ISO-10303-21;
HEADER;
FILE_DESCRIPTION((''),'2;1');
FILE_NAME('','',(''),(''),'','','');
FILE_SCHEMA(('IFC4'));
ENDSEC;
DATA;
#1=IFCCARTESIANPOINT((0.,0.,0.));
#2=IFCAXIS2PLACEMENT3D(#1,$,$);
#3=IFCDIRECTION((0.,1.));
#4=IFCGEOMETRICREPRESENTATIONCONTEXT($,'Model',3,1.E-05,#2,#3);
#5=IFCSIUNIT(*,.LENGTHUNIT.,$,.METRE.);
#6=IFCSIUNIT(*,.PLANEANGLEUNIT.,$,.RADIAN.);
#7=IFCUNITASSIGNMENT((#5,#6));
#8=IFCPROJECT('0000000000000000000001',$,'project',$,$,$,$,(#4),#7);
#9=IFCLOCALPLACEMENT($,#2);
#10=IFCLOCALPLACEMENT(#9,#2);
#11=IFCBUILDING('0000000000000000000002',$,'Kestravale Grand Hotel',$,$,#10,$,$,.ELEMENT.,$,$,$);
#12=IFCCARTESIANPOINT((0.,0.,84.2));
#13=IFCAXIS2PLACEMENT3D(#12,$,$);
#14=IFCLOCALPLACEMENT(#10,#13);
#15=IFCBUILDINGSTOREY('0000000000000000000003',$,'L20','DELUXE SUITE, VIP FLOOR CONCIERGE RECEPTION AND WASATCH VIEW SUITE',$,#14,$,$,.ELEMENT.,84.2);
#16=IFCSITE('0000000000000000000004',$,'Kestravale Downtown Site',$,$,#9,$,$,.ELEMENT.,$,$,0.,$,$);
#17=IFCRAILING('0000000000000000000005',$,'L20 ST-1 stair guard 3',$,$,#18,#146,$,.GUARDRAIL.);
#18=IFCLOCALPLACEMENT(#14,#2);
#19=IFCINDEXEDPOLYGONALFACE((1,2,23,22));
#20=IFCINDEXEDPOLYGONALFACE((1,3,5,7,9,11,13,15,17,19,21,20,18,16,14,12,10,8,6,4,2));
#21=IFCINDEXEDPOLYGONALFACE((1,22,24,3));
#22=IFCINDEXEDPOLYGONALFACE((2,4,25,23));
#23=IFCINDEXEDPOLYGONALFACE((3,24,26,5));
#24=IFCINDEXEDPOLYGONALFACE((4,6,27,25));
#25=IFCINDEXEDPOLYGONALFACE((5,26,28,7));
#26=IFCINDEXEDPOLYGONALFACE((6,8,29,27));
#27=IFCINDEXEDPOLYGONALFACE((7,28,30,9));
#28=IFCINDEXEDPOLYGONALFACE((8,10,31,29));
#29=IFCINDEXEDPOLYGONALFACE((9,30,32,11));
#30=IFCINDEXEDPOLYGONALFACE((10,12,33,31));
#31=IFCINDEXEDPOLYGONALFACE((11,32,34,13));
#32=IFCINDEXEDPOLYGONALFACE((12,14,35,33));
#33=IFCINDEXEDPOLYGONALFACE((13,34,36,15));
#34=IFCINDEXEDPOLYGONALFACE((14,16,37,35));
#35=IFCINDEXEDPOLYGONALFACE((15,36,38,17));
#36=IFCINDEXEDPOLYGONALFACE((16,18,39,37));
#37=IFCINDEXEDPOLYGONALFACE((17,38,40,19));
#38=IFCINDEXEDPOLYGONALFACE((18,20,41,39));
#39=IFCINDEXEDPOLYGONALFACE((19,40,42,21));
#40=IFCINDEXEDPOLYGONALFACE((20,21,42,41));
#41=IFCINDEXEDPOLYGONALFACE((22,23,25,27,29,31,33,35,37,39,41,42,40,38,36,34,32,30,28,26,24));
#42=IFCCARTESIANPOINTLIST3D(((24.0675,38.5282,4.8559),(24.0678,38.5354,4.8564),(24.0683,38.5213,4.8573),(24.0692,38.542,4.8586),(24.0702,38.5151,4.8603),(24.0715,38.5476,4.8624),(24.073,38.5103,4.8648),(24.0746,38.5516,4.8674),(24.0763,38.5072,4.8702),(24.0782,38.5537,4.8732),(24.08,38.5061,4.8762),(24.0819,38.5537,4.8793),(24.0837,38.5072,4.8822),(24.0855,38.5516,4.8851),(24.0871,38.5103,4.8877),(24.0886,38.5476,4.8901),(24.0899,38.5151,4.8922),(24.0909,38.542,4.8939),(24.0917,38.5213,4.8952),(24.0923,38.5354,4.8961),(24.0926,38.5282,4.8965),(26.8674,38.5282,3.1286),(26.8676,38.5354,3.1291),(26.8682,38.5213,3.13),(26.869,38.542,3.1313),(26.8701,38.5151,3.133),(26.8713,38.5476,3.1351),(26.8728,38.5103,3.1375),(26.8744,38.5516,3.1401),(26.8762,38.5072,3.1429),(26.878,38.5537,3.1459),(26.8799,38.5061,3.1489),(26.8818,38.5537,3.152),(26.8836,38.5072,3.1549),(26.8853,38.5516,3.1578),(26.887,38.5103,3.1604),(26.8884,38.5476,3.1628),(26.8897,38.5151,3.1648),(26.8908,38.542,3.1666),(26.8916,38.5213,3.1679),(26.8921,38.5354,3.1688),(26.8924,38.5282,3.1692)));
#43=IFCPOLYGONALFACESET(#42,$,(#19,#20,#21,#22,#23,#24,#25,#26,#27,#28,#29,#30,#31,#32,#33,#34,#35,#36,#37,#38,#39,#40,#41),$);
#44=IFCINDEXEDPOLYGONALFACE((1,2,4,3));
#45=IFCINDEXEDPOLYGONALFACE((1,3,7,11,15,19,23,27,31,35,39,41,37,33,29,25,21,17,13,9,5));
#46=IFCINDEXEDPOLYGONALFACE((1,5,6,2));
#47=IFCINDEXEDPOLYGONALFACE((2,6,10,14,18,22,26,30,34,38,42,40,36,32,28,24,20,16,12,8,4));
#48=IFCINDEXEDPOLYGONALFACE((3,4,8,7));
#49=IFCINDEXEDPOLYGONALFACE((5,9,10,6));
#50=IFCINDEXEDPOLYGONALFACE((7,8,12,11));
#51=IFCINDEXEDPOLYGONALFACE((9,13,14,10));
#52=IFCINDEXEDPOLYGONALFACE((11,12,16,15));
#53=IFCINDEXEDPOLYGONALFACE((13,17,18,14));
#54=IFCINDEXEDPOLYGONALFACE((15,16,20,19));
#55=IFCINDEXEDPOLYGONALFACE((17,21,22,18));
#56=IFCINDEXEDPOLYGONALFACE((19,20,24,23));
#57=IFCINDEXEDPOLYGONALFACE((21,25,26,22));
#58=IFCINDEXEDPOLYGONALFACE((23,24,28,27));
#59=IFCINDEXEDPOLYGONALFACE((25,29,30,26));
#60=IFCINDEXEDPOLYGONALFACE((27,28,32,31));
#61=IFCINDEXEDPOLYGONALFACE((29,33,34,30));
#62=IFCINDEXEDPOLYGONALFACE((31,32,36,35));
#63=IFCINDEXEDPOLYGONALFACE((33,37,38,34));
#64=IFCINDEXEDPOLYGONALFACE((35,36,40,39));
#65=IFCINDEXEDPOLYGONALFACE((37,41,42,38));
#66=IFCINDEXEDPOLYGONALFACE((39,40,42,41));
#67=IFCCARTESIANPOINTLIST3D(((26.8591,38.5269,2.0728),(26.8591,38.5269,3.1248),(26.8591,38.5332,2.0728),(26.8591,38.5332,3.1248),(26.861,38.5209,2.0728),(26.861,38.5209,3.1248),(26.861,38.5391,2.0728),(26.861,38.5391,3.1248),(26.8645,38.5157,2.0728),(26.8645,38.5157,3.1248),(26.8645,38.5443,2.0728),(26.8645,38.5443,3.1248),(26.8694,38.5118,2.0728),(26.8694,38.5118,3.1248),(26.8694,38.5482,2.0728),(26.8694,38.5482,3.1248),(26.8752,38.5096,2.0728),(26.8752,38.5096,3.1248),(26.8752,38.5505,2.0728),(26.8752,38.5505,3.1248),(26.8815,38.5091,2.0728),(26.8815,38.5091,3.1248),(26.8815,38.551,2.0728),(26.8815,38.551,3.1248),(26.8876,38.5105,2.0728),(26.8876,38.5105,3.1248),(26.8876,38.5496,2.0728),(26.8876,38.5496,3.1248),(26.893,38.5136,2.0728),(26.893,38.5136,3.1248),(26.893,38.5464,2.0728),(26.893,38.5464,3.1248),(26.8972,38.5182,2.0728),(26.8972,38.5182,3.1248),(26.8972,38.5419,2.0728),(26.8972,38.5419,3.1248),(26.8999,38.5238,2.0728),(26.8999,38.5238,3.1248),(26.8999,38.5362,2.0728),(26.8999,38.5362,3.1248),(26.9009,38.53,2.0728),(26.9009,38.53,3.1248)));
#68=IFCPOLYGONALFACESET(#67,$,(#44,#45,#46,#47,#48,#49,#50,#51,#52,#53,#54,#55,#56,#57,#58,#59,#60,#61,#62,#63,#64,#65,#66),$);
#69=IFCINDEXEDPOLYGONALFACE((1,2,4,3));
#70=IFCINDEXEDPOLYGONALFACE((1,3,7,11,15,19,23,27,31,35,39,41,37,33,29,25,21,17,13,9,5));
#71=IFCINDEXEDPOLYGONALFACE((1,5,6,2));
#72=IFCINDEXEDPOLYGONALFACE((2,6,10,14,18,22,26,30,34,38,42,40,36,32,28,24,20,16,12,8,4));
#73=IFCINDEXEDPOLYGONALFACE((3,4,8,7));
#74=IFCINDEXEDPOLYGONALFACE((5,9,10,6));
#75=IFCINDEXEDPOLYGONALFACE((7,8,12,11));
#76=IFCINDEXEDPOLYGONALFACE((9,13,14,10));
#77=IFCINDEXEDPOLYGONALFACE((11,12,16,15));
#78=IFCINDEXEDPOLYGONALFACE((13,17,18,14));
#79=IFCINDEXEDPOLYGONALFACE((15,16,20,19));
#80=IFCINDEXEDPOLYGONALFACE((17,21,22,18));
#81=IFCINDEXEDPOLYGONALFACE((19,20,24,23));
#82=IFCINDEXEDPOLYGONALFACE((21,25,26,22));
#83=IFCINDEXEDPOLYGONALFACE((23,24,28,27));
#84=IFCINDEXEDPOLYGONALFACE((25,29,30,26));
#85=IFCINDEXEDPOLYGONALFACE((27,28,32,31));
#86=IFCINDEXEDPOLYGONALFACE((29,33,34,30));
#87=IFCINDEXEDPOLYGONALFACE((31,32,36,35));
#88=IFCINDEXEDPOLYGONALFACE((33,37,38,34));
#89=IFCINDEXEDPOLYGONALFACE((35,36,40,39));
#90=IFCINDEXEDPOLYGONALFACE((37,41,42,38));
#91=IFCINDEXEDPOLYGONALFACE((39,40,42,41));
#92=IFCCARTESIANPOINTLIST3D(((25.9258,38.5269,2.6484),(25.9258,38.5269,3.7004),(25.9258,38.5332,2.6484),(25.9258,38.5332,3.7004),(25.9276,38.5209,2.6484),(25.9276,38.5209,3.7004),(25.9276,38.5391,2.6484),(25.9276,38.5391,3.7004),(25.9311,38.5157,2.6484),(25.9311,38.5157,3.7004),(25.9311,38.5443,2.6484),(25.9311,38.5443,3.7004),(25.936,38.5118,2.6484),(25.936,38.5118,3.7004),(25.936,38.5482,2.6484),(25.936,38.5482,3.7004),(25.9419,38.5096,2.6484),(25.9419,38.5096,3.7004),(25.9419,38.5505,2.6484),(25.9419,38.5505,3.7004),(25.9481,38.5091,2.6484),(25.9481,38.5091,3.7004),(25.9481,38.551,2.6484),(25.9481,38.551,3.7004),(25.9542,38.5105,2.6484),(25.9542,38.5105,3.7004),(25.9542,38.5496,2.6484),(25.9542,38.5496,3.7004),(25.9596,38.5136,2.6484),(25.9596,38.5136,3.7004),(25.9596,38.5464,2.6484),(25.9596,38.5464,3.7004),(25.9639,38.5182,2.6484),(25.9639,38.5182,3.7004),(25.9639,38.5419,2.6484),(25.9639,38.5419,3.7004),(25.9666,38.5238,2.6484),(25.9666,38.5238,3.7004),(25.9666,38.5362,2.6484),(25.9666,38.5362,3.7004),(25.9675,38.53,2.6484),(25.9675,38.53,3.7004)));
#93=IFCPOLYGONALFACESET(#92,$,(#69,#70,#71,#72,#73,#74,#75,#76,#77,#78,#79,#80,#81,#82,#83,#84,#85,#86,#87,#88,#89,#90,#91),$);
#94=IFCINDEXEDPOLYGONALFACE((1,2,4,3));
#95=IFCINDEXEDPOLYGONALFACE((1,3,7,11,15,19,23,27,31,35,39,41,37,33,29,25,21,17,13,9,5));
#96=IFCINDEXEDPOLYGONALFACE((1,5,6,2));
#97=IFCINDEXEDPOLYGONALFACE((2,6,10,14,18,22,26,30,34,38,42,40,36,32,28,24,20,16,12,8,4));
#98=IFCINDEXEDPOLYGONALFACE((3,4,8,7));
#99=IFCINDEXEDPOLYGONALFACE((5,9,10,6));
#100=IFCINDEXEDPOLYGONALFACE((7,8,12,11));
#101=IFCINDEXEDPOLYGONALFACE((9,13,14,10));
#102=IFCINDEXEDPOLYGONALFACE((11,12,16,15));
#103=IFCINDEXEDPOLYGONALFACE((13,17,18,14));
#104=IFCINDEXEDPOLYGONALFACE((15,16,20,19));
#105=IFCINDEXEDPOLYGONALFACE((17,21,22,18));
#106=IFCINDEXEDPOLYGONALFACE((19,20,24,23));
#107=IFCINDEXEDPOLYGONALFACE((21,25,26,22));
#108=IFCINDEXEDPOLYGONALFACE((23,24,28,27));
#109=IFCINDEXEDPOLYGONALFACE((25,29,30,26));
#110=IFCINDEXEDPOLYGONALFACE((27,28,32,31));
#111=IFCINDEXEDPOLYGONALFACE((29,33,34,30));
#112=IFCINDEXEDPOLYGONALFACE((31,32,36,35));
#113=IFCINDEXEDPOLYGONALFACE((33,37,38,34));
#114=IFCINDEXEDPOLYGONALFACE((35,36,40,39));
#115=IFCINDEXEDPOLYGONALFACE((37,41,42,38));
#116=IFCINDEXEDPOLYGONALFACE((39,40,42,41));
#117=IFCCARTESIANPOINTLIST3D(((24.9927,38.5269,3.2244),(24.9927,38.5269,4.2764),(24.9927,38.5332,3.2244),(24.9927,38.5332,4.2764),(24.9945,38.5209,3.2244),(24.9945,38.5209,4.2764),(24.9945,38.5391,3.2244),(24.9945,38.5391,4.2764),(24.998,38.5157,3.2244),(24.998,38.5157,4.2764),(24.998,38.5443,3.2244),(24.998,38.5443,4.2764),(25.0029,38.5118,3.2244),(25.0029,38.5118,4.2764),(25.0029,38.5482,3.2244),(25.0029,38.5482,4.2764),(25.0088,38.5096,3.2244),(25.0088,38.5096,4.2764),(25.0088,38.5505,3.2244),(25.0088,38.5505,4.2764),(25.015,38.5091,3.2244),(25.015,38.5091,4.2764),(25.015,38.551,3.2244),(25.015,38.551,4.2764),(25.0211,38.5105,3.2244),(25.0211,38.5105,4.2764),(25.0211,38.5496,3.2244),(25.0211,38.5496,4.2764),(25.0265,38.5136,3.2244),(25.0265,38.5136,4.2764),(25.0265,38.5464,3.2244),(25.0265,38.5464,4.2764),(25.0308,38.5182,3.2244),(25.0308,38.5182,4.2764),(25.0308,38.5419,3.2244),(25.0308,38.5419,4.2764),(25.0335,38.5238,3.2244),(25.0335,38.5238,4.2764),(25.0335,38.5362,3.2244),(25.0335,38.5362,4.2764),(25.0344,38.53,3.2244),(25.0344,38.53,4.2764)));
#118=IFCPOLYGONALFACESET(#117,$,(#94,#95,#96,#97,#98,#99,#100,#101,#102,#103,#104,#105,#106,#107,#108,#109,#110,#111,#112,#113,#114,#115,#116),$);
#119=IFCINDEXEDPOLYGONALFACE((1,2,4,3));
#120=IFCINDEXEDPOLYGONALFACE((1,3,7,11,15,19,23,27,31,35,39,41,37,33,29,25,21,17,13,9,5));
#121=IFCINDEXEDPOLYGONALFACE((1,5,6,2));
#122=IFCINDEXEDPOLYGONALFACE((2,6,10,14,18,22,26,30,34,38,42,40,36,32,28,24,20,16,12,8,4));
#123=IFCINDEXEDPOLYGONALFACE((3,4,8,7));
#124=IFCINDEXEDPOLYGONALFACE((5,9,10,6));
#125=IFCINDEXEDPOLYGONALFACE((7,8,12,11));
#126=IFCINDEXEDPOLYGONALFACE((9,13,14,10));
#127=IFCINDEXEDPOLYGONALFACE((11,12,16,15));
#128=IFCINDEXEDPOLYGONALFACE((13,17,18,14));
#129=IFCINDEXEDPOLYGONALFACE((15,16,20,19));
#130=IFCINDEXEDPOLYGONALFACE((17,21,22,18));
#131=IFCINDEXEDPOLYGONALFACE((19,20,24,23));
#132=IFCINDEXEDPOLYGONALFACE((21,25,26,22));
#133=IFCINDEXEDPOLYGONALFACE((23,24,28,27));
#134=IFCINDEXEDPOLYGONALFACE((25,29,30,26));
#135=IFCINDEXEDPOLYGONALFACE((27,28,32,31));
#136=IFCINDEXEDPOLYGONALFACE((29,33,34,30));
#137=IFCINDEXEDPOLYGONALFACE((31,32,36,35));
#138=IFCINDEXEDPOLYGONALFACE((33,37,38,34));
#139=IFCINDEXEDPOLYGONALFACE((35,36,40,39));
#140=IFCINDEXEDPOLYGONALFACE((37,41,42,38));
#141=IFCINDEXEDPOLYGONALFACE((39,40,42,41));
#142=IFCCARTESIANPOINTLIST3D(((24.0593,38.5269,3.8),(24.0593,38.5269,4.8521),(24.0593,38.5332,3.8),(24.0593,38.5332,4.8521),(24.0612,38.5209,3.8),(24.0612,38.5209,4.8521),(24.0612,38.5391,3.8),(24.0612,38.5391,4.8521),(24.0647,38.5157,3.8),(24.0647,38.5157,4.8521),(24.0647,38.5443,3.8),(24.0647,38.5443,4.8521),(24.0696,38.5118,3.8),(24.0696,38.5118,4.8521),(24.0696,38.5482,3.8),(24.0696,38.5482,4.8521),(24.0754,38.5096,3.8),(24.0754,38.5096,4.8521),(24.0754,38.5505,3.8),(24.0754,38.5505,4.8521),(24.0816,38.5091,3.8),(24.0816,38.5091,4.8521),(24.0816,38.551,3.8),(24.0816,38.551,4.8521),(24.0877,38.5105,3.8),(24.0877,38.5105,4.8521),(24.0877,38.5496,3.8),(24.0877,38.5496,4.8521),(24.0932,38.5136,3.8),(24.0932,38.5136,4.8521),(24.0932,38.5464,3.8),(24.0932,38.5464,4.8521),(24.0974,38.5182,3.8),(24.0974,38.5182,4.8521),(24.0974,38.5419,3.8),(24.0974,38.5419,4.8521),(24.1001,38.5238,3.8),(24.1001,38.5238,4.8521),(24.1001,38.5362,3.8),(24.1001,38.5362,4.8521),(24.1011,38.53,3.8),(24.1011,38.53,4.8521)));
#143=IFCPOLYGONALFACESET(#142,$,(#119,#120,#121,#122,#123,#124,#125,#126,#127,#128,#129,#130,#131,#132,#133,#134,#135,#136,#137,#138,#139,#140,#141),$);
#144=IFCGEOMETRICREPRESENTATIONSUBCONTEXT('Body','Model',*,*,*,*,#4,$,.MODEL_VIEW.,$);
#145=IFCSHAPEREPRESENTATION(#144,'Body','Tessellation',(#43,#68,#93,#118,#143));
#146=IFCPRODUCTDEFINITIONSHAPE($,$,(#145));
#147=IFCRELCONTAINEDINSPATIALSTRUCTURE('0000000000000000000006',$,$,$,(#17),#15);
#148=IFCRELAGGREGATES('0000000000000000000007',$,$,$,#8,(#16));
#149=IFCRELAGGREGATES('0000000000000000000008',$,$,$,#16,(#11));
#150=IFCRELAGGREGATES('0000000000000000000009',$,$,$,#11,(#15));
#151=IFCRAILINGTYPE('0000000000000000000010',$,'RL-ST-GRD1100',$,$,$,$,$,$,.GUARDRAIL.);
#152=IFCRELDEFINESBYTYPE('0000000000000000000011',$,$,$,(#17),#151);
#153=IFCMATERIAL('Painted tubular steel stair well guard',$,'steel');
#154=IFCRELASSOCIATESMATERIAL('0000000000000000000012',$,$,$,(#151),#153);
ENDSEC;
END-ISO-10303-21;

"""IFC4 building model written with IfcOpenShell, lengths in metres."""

from ifc_helpers import new_model, si_unit, direction, frame, origin, origin_2d, place, context, subcontext, project, spatial, circle, extrude, material, type_object, element, save


model = new_model("IFC4")

# Units and contexts
model_context = context("Model", 3, precision=1e-05, world=origin(), true_north=direction((0.0, 1.0)))
body_context = subcontext(model_context, "Body", "Model", "MODEL_VIEW")
ifc_project = project(units=[si_unit("LENGTHUNIT", "METRE"), si_unit("PLANEANGLEUNIT", "RADIAN")], contexts=[model_context])

# Site, building, storey
site_placement = place(None, origin())
site = spatial("IfcSite", under=ifc_project, at=site_placement, Name="Kestravale Downtown Site", CompositionType="ELEMENT", RefElevation=0.0)
building_placement = place(site_placement, origin())
building = spatial("IfcBuilding", under=site, at=building_placement, Name="Kestravale Grand Hotel", CompositionType="ELEMENT")
storey_placement = place(building_placement, frame((0.0, 0.0, 84.2)))
storey = spatial("IfcBuildingStorey", under=building, at=storey_placement, Name="L20", Description="DELUXE SUITE, VIP FLOOR CONCIERGE RECEPTION AND WASATCH VIEW SUITE", CompositionType="ELEMENT", Elevation=84.2)

# Railing
ifc_material_1 = material(Name="Painted tubular steel stair well guard", Category="steel")
railing_type_1 = type_object("IfcRailingType", Name="RL-ST-GRD1100", PredefinedType="GUARDRAIL", material=ifc_material_1)
railing_1_placement = place(storey_placement, frame((26.8799, 38.53, 2.0728)))
element("IfcRailing", 1, at=railing_1_placement, inside=storey, type_object=railing_type_1, Name="L20 ST-1 stair guard 3", PredefinedType="GUARDRAIL", context=body_context, shape_type="SweptSolid", body=[
    extrude(circle(Radius=0.0239, at=origin_2d()), frame((0.0, 0.0, 1.0762), z_axis=(-0.851069, 0.0, 0.525054), x_axis=(0.0, -1.0, 0.0)), (0.0, 0.0, 1.0), 3.2898),
    extrude(circle(Radius=0.021, at=origin_2d()), origin(), (0.0, 0.0, 1.0), 1.052),
    extrude(circle(Radius=0.021, at=origin_2d()), frame((-0.9333, 0.0, 0.5757)), (0.0, 0.0, 1.0), 1.052),
    extrude(circle(Radius=0.021, at=origin_2d()), frame((-1.8665, 0.0, 1.1516)), (0.0, 0.0, 1.0), 1.052),
    extrude(circle(Radius=0.021, at=origin_2d()), frame((-2.7998, 0.0, 1.7273)), (0.0, 0.0, 1.0), 1.052),
])

save(model, "model.ifc")
